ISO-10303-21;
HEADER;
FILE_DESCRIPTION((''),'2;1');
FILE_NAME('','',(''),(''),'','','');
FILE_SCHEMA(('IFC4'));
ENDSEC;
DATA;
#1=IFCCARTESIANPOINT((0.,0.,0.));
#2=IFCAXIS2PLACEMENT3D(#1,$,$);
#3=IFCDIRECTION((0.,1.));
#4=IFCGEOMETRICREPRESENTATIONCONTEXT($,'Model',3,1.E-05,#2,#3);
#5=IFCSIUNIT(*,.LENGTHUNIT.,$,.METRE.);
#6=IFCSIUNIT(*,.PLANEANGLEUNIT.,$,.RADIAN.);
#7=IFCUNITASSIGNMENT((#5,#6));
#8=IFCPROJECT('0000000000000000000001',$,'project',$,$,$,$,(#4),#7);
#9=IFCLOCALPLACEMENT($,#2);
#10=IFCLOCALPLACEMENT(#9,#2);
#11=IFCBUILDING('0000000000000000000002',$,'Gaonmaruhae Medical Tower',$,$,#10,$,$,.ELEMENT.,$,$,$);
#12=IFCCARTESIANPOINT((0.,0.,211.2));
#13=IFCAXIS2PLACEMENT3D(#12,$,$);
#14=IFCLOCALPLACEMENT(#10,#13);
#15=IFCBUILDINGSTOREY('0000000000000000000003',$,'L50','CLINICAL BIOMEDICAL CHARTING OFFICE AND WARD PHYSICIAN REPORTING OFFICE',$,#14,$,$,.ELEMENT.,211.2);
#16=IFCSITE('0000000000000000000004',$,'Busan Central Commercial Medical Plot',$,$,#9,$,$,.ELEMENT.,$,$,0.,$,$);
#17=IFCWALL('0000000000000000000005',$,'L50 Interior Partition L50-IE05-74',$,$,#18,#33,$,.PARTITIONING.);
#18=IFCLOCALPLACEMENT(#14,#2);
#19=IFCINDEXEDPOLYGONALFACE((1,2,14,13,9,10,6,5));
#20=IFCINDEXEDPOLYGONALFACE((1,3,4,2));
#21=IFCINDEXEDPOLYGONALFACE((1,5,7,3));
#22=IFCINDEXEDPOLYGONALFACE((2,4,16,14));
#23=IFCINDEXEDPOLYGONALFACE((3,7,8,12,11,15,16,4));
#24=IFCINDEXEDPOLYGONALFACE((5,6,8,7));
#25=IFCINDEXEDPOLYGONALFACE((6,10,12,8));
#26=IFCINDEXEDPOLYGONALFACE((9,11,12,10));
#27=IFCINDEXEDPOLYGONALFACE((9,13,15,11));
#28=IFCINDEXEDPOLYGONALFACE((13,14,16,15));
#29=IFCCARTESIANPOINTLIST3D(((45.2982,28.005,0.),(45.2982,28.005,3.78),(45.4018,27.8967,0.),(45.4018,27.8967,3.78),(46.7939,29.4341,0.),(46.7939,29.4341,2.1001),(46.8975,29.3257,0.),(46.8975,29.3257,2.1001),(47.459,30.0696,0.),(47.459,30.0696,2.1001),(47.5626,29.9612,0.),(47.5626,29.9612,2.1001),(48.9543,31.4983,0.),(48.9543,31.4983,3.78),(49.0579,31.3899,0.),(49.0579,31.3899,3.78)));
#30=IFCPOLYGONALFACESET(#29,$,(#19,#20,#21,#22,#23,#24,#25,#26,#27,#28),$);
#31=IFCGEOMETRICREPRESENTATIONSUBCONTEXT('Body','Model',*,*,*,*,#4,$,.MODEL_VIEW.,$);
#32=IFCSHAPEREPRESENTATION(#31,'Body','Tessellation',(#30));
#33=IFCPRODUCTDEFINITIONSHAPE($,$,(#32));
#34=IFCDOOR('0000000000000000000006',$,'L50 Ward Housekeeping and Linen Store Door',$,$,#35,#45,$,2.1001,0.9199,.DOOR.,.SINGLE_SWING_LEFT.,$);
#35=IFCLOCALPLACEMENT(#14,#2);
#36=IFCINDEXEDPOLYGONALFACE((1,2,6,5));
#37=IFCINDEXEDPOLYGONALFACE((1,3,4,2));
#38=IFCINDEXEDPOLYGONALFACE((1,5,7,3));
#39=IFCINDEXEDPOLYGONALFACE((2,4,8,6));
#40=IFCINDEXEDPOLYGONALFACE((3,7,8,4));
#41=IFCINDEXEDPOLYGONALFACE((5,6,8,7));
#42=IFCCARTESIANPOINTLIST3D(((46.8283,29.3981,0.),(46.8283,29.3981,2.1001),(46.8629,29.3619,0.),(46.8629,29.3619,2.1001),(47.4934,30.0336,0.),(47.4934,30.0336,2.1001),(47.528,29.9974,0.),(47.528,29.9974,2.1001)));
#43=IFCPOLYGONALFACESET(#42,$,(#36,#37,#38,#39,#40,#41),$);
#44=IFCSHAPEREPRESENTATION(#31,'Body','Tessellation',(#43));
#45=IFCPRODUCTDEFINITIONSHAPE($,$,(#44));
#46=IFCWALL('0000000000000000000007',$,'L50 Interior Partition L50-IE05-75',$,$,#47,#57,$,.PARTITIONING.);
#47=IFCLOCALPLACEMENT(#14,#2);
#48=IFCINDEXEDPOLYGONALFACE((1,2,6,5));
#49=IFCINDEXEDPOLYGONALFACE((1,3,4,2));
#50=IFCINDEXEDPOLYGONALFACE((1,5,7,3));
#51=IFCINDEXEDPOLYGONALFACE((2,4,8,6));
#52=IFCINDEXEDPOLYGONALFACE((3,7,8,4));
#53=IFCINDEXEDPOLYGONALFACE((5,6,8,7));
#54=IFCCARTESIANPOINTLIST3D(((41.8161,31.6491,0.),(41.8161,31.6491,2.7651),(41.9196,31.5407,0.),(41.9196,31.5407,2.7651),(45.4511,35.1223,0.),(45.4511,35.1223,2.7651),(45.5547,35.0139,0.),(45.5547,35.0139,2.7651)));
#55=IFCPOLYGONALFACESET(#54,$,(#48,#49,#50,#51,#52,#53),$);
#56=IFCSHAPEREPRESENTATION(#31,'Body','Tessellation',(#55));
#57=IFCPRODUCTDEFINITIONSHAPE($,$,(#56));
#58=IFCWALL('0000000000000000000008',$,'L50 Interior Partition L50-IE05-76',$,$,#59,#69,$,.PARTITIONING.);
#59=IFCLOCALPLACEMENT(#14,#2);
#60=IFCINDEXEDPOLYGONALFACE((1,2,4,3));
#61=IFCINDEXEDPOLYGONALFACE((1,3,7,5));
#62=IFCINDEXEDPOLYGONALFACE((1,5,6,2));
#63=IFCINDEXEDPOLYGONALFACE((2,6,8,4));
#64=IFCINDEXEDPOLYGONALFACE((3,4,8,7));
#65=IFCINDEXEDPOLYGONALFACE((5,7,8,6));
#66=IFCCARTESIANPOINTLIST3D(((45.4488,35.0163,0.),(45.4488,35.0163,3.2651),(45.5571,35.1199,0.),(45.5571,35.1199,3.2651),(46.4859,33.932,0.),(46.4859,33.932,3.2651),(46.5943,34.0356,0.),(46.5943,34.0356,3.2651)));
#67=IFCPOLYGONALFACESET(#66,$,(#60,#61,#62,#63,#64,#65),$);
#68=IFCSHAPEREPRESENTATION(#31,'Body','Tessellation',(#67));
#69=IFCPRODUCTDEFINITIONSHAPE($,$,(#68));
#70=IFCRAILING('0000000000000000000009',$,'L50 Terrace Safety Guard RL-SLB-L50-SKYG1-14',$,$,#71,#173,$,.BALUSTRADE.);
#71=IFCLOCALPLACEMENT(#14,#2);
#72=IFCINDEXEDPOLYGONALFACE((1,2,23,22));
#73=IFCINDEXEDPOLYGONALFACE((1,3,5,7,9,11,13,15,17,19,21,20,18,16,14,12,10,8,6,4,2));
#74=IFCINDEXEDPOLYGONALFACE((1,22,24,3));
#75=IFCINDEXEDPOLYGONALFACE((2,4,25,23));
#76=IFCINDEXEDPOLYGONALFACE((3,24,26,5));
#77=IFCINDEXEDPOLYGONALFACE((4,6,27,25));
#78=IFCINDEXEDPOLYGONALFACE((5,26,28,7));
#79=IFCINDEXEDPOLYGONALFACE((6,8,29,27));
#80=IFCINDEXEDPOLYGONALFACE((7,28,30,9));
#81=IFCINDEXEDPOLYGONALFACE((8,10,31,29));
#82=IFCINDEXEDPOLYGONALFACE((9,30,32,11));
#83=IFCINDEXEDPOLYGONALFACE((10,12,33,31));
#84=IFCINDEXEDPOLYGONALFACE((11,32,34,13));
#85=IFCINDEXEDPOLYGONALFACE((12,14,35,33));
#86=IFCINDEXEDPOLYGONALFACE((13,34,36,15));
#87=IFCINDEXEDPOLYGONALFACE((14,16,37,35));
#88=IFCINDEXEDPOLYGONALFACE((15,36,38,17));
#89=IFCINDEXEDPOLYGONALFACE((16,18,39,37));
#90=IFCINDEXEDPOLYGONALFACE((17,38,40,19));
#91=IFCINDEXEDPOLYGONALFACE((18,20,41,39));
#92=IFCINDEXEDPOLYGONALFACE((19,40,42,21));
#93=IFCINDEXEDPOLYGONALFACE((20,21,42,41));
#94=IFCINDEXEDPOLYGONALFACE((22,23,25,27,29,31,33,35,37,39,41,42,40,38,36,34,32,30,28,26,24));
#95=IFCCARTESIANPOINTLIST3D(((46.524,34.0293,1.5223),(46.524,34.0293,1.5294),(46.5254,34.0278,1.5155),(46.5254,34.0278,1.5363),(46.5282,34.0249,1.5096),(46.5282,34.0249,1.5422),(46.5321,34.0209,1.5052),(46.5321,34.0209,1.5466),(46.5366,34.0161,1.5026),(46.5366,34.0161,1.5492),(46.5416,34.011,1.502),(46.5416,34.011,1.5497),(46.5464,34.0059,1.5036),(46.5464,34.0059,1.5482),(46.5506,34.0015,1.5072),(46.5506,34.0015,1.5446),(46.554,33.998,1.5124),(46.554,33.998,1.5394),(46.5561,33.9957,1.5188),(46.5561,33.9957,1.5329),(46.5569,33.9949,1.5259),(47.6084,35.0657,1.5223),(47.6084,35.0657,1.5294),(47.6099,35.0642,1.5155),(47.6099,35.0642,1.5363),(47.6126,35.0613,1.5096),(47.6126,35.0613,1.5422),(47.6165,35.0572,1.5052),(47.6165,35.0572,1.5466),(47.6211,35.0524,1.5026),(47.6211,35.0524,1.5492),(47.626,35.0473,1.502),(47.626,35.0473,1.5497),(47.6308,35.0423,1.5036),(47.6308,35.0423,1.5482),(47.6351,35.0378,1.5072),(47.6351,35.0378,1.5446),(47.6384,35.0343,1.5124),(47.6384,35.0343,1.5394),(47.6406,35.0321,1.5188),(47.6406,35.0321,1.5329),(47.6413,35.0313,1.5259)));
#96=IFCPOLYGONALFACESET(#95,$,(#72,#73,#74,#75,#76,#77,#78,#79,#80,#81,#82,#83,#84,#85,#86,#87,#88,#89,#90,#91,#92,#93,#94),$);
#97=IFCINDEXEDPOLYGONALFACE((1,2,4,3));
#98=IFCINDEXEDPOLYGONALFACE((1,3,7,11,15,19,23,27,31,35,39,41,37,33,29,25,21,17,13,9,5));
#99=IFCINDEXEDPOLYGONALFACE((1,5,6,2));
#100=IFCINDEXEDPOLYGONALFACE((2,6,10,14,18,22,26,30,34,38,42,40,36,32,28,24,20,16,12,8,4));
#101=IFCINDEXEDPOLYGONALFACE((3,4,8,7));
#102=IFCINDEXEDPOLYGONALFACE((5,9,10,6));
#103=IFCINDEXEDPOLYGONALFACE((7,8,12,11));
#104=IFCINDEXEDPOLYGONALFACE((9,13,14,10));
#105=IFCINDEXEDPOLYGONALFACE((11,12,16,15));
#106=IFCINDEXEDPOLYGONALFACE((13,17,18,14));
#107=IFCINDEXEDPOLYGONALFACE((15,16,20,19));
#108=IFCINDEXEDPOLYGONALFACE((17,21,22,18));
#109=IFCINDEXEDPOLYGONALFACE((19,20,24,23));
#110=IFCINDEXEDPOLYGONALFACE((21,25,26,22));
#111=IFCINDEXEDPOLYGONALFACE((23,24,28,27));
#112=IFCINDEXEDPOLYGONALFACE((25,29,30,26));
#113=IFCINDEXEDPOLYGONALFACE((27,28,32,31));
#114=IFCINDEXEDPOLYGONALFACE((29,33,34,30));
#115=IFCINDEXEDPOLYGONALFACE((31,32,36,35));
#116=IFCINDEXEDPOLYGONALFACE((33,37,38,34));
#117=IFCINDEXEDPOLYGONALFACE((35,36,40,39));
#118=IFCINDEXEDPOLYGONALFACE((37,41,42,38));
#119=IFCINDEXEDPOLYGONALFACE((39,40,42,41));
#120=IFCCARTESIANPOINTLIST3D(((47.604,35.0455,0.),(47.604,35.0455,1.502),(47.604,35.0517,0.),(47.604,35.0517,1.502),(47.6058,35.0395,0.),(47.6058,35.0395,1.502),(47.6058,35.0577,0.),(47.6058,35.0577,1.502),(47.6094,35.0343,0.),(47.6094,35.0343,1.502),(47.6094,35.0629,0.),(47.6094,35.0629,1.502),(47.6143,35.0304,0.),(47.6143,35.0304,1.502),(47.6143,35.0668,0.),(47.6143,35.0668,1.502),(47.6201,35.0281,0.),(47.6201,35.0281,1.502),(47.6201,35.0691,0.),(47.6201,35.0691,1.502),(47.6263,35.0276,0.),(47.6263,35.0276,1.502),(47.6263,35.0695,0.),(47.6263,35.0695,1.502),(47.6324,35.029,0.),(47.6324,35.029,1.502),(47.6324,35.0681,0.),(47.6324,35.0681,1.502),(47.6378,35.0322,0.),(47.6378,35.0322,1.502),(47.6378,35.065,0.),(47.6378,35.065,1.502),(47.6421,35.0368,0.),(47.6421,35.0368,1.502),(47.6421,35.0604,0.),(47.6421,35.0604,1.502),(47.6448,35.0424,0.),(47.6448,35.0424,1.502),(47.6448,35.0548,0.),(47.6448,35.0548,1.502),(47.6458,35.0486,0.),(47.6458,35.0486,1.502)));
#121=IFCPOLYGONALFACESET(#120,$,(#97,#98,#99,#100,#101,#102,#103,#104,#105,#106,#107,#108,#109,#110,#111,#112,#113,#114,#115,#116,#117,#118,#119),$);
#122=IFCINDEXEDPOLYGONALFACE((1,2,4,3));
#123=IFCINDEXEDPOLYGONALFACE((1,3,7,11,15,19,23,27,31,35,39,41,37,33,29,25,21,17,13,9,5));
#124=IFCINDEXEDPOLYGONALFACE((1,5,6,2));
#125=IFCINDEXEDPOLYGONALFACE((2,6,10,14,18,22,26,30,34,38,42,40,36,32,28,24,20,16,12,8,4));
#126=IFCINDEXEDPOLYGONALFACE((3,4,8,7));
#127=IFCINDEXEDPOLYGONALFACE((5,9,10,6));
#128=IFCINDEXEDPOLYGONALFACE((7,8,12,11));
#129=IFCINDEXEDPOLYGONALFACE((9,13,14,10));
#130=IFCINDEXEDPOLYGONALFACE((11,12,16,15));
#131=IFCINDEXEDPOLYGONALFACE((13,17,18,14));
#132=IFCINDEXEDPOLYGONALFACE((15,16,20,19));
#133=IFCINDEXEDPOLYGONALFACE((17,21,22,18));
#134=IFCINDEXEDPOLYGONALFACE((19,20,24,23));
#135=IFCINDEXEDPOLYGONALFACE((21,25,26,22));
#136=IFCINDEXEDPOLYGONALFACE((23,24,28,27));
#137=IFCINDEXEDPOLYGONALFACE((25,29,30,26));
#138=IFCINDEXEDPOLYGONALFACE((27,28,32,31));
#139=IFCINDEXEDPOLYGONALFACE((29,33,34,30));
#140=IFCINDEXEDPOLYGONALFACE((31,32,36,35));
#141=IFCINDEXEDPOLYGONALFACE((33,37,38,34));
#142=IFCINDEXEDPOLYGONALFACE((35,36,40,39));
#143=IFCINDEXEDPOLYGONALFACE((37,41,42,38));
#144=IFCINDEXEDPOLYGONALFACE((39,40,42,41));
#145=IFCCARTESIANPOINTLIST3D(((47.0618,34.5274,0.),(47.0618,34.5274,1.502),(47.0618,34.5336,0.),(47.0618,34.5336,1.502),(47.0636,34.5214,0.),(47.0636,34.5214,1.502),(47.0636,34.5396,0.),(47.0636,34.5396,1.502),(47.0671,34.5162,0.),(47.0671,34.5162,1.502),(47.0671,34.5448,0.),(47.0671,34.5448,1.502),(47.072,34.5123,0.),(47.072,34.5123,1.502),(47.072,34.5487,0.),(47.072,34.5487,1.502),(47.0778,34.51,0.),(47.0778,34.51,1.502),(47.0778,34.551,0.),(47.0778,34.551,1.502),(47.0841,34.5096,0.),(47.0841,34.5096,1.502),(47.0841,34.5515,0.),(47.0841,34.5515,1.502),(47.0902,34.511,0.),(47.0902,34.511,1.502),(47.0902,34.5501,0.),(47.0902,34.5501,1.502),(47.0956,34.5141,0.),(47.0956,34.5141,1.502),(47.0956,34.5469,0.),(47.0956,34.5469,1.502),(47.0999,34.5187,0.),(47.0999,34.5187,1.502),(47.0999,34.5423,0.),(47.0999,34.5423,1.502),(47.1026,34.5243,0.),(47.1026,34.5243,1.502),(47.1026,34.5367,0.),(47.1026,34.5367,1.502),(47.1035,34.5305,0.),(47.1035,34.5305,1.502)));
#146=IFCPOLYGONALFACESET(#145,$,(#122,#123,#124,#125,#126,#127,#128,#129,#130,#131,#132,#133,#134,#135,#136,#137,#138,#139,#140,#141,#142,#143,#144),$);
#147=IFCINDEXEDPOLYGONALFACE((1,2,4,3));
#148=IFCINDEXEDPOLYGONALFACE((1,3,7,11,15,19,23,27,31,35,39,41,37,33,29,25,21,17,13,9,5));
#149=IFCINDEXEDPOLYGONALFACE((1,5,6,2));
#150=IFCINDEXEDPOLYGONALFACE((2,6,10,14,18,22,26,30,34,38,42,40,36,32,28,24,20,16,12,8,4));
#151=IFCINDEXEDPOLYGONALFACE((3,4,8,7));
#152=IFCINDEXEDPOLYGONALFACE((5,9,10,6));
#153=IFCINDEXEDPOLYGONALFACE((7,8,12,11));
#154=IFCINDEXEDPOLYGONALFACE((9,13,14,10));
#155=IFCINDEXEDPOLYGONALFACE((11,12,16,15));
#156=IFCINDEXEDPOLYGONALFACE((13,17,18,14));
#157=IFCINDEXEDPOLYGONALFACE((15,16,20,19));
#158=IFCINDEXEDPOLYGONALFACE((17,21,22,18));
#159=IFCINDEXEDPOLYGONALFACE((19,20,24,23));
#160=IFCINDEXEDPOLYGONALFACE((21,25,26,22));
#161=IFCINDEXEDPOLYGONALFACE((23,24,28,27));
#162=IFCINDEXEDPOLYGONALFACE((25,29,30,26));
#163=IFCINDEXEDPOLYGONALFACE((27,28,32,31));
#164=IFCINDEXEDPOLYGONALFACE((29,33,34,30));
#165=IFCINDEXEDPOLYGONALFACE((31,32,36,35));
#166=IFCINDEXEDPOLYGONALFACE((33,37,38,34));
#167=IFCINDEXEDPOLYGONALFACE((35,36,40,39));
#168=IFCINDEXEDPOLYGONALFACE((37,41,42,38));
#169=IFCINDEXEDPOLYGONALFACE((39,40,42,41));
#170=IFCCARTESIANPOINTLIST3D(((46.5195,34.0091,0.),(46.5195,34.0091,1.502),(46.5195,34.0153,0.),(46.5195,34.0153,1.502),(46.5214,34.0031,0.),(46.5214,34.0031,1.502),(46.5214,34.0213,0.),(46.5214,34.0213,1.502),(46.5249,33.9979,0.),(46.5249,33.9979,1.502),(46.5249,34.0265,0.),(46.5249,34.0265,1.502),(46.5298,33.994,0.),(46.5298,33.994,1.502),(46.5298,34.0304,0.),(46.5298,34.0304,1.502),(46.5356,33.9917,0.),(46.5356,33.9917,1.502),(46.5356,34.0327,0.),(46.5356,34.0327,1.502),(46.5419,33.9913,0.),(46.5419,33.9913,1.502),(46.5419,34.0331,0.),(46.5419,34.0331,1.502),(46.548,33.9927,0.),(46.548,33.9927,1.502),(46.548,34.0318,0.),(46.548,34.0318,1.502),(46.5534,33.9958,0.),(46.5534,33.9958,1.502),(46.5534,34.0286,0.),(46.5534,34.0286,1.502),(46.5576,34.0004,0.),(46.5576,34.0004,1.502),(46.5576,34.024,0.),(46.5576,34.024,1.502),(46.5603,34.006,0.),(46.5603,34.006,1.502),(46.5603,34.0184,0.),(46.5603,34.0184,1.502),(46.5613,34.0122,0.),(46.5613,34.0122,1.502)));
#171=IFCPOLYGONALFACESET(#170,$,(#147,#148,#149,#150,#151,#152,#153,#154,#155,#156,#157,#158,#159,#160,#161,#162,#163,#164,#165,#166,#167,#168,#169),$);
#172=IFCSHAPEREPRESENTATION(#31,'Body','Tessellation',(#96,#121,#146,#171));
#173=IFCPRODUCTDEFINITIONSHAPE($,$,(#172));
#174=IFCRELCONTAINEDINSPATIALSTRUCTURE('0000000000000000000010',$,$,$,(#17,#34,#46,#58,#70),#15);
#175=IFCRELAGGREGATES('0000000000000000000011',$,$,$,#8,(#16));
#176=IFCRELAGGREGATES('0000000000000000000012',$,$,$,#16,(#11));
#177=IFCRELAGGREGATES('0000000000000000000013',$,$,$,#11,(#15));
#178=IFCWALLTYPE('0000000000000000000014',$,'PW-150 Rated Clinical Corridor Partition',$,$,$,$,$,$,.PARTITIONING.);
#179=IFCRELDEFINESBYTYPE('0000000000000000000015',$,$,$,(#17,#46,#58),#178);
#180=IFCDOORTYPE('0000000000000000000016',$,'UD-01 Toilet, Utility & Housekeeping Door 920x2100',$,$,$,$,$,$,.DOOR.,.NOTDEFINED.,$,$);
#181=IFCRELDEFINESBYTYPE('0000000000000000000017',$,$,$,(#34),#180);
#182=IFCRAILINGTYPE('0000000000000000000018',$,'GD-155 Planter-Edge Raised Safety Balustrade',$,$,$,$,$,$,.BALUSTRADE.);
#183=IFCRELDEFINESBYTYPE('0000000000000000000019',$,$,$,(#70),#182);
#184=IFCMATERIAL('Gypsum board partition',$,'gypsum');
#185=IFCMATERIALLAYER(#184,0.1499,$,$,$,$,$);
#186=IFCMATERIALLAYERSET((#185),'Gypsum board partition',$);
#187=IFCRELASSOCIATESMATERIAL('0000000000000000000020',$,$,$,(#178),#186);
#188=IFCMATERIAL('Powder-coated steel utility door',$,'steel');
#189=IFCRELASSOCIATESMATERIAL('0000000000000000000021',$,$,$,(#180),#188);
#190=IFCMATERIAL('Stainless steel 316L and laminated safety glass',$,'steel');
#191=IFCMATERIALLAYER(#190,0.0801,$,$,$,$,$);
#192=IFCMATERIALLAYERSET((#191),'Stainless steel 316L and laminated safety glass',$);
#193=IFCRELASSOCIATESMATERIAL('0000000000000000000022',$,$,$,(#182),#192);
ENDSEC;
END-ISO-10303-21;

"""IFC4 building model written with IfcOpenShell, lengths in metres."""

from ifc_helpers import new_model, si_unit, direction, frame, frame_2d, origin, origin_2d, place, context, subcontext, project, spatial, rectangle, circle, extrude, material, layer, layer_set, type_object, element, fill, save


model = new_model("IFC4")

# Units and contexts
model_context = context("Model", 3, precision=1e-05, world=origin(), true_north=direction((0.0, 1.0)))
body_context = subcontext(model_context, "Body", "Model", "MODEL_VIEW")
ifc_project = project(units=[si_unit("LENGTHUNIT", "METRE"), si_unit("PLANEANGLEUNIT", "RADIAN")], contexts=[model_context])

# Site, building, storey
site_placement = place(None, origin())
site = spatial("IfcSite", under=ifc_project, at=site_placement, Name="Busan Central Commercial Medical Plot", CompositionType="ELEMENT", RefElevation=0.0)
building_placement = place(site_placement, origin())
building = spatial("IfcBuilding", under=site, at=building_placement, Name="Gaonmaruhae Medical Tower", CompositionType="ELEMENT")
storey_placement = place(building_placement, frame((0.0, 0.0, 211.2)))
storey = spatial("IfcBuildingStorey", under=building, at=storey_placement, Name="L50", Description="CLINICAL BIOMEDICAL CHARTING OFFICE AND WARD PHYSICIAN REPORTING OFFICE", CompositionType="ELEMENT", Elevation=211.2)

# Shared definitions
ifc_material_1 = material(Name="Gypsum board partition", Category="gypsum")
ifc_layer_1 = layer(ifc_material_1, 0.1499)
ifc_layer_set_1 = layer_set([ifc_layer_1], Name="Gypsum board partition")
wall_type_1 = type_object("IfcWallType", Name="PW-150 Rated Clinical Corridor Partition", PredefinedType="PARTITIONING", material=ifc_layer_set_1)

# Shared definitions
ifc_material_2 = material(Name="Powder-coated steel utility door", Category="steel")
door_type_1 = type_object("IfcDoorType", Name="UD-01 Toilet, Utility & Housekeeping Door 920x2100", OperationType="NOTDEFINED", PredefinedType="DOOR", material=ifc_material_2)

# Wall, opening, door
wall_1_placement = place(storey_placement, frame((49.0061, 31.4441, 0.0), z_axis=(0.0, 0.0, 1.0), x_axis=(-0.723026, -0.690821, 0.0)))
wall_1 = element("IfcWall", 1, at=wall_1_placement, inside=storey, type_object=wall_type_1, Name="L50 Interior Partition L50-IE05-74", PredefinedType="PARTITIONING", context=body_context, shape_type="SweptSolid", body=[
    extrude(rectangle(XDim=5.0566, YDim=0.1499, at=frame_2d((2.5283, 0.0))), origin(), (0.0, 0.0, 1.0), 3.78),
])
opening_1_placement = place(wall_1_placement, frame((2.0681, 0.0, 0.0)))
opening_1 = element("IfcOpeningElement", 2, at=opening_1_placement, cuts=wall_1, PredefinedType="OPENING", context=body_context, shape_type="SweptSolid", body=[
    extrude(rectangle(XDim=0.9199, YDim=2.1001, at=frame_2d((0.46, 1.05))), frame((0.0, 0.085, 0.0), z_axis=(0.0, -1.0, 0.0), x_axis=(1.0, 0.0, 0.0)), (0.0, 0.0, 1.0), 0.1699),
])
door_1_placement = place(opening_1_placement, origin())
door_1 = element("IfcDoor", 3, at=door_1_placement, inside=storey, type_object=door_type_1, Name="L50 Ward Housekeeping and Linen Store Door", OperationType="SINGLE_SWING_LEFT", OverallHeight=2.1001, OverallWidth=0.9199, PredefinedType="DOOR", context=body_context, shape_type="SweptSolid", body=[
    extrude(rectangle(XDim=0.9199, YDim=2.1001, at=frame_2d((0.46, 1.05))), frame((0.0, 0.0249, 0.0), z_axis=(0.0, -1.0, 0.0), x_axis=(1.0, 0.0, 0.0)), (0.0, 0.0, 1.0), 0.05),
])
fill(opening_1, door_1)

# Walls
wall_2_placement = place(storey_placement, frame((41.8679, 31.595, 0.0), z_axis=(0.0, 0.0, 1.0), x_axis=(0.723021, 0.690826, 0.0)))
element("IfcWall", 4, at=wall_2_placement, inside=storey, type_object=wall_type_1, Name="L50 Interior Partition L50-IE05-75", PredefinedType="PARTITIONING", context=body_context, shape_type="SweptSolid", body=[
    extrude(rectangle(XDim=5.0276, YDim=0.1499, at=frame_2d((2.5137, 0.0))), origin(), (0.0, 0.0, 1.0), 2.7651),
])
wall_3_placement = place(storey_placement, frame((45.5029, 35.0681, 0.0), z_axis=(0.0, 0.0, 1.0), x_axis=(0.69123, -0.722635, 0.0)))
element("IfcWall", 5, at=wall_3_placement, inside=storey, type_object=wall_type_1, Name="L50 Interior Partition L50-IE05-76", PredefinedType="PARTITIONING", context=body_context, shape_type="SweptSolid", body=[
    extrude(rectangle(XDim=1.5005, YDim=0.1499, at=frame_2d((0.7502, 0.0))), origin(), (0.0, 0.0, 1.0), 3.2651),
])

# Railing
ifc_material_3 = material(Name="Stainless steel 316L and laminated safety glass", Category="steel")
ifc_layer_2 = layer(ifc_material_3, 0.0801)
ifc_layer_set_2 = layer_set([ifc_layer_2], Name="Stainless steel 316L and laminated safety glass")
railing_type = type_object("IfcRailingType", Name="GD-155 Planter-Edge Raised Safety Balustrade", PredefinedType="BALUSTRADE", material=ifc_layer_set_2)
railing_1_placement = place(storey_placement, frame((47.6248, 35.0486, 0.0)))
element("IfcRailing", 6, at=railing_1_placement, inside=storey, type_object=railing_type, Name="L50 Terrace Safety Guard RL-SLB-L50-SKYG1-14", PredefinedType="BALUSTRADE", context=body_context, shape_type="SweptSolid", body=[
    extrude(circle(Radius=0.0239, at=origin_2d()), frame((0.0, 0.0, 1.5259), z_axis=(-0.722956, -0.690894, 0.0), x_axis=(0.690894, -0.722956, 0.0)), (0.0, 0.0, 1.0), 1.5),
    extrude(circle(Radius=0.021, at=origin_2d()), origin(), (0.0, 0.0, 1.0), 1.502),
    extrude(circle(Radius=0.021, at=origin_2d()), frame((-0.5422, -0.5181, 0.0)), (0.0, 0.0, 1.0), 1.502),
    extrude(circle(Radius=0.021, at=origin_2d()), frame((-1.0845, -1.0364, 0.0)), (0.0, 0.0, 1.0), 1.502),
])

save(model, "model.ifc")
